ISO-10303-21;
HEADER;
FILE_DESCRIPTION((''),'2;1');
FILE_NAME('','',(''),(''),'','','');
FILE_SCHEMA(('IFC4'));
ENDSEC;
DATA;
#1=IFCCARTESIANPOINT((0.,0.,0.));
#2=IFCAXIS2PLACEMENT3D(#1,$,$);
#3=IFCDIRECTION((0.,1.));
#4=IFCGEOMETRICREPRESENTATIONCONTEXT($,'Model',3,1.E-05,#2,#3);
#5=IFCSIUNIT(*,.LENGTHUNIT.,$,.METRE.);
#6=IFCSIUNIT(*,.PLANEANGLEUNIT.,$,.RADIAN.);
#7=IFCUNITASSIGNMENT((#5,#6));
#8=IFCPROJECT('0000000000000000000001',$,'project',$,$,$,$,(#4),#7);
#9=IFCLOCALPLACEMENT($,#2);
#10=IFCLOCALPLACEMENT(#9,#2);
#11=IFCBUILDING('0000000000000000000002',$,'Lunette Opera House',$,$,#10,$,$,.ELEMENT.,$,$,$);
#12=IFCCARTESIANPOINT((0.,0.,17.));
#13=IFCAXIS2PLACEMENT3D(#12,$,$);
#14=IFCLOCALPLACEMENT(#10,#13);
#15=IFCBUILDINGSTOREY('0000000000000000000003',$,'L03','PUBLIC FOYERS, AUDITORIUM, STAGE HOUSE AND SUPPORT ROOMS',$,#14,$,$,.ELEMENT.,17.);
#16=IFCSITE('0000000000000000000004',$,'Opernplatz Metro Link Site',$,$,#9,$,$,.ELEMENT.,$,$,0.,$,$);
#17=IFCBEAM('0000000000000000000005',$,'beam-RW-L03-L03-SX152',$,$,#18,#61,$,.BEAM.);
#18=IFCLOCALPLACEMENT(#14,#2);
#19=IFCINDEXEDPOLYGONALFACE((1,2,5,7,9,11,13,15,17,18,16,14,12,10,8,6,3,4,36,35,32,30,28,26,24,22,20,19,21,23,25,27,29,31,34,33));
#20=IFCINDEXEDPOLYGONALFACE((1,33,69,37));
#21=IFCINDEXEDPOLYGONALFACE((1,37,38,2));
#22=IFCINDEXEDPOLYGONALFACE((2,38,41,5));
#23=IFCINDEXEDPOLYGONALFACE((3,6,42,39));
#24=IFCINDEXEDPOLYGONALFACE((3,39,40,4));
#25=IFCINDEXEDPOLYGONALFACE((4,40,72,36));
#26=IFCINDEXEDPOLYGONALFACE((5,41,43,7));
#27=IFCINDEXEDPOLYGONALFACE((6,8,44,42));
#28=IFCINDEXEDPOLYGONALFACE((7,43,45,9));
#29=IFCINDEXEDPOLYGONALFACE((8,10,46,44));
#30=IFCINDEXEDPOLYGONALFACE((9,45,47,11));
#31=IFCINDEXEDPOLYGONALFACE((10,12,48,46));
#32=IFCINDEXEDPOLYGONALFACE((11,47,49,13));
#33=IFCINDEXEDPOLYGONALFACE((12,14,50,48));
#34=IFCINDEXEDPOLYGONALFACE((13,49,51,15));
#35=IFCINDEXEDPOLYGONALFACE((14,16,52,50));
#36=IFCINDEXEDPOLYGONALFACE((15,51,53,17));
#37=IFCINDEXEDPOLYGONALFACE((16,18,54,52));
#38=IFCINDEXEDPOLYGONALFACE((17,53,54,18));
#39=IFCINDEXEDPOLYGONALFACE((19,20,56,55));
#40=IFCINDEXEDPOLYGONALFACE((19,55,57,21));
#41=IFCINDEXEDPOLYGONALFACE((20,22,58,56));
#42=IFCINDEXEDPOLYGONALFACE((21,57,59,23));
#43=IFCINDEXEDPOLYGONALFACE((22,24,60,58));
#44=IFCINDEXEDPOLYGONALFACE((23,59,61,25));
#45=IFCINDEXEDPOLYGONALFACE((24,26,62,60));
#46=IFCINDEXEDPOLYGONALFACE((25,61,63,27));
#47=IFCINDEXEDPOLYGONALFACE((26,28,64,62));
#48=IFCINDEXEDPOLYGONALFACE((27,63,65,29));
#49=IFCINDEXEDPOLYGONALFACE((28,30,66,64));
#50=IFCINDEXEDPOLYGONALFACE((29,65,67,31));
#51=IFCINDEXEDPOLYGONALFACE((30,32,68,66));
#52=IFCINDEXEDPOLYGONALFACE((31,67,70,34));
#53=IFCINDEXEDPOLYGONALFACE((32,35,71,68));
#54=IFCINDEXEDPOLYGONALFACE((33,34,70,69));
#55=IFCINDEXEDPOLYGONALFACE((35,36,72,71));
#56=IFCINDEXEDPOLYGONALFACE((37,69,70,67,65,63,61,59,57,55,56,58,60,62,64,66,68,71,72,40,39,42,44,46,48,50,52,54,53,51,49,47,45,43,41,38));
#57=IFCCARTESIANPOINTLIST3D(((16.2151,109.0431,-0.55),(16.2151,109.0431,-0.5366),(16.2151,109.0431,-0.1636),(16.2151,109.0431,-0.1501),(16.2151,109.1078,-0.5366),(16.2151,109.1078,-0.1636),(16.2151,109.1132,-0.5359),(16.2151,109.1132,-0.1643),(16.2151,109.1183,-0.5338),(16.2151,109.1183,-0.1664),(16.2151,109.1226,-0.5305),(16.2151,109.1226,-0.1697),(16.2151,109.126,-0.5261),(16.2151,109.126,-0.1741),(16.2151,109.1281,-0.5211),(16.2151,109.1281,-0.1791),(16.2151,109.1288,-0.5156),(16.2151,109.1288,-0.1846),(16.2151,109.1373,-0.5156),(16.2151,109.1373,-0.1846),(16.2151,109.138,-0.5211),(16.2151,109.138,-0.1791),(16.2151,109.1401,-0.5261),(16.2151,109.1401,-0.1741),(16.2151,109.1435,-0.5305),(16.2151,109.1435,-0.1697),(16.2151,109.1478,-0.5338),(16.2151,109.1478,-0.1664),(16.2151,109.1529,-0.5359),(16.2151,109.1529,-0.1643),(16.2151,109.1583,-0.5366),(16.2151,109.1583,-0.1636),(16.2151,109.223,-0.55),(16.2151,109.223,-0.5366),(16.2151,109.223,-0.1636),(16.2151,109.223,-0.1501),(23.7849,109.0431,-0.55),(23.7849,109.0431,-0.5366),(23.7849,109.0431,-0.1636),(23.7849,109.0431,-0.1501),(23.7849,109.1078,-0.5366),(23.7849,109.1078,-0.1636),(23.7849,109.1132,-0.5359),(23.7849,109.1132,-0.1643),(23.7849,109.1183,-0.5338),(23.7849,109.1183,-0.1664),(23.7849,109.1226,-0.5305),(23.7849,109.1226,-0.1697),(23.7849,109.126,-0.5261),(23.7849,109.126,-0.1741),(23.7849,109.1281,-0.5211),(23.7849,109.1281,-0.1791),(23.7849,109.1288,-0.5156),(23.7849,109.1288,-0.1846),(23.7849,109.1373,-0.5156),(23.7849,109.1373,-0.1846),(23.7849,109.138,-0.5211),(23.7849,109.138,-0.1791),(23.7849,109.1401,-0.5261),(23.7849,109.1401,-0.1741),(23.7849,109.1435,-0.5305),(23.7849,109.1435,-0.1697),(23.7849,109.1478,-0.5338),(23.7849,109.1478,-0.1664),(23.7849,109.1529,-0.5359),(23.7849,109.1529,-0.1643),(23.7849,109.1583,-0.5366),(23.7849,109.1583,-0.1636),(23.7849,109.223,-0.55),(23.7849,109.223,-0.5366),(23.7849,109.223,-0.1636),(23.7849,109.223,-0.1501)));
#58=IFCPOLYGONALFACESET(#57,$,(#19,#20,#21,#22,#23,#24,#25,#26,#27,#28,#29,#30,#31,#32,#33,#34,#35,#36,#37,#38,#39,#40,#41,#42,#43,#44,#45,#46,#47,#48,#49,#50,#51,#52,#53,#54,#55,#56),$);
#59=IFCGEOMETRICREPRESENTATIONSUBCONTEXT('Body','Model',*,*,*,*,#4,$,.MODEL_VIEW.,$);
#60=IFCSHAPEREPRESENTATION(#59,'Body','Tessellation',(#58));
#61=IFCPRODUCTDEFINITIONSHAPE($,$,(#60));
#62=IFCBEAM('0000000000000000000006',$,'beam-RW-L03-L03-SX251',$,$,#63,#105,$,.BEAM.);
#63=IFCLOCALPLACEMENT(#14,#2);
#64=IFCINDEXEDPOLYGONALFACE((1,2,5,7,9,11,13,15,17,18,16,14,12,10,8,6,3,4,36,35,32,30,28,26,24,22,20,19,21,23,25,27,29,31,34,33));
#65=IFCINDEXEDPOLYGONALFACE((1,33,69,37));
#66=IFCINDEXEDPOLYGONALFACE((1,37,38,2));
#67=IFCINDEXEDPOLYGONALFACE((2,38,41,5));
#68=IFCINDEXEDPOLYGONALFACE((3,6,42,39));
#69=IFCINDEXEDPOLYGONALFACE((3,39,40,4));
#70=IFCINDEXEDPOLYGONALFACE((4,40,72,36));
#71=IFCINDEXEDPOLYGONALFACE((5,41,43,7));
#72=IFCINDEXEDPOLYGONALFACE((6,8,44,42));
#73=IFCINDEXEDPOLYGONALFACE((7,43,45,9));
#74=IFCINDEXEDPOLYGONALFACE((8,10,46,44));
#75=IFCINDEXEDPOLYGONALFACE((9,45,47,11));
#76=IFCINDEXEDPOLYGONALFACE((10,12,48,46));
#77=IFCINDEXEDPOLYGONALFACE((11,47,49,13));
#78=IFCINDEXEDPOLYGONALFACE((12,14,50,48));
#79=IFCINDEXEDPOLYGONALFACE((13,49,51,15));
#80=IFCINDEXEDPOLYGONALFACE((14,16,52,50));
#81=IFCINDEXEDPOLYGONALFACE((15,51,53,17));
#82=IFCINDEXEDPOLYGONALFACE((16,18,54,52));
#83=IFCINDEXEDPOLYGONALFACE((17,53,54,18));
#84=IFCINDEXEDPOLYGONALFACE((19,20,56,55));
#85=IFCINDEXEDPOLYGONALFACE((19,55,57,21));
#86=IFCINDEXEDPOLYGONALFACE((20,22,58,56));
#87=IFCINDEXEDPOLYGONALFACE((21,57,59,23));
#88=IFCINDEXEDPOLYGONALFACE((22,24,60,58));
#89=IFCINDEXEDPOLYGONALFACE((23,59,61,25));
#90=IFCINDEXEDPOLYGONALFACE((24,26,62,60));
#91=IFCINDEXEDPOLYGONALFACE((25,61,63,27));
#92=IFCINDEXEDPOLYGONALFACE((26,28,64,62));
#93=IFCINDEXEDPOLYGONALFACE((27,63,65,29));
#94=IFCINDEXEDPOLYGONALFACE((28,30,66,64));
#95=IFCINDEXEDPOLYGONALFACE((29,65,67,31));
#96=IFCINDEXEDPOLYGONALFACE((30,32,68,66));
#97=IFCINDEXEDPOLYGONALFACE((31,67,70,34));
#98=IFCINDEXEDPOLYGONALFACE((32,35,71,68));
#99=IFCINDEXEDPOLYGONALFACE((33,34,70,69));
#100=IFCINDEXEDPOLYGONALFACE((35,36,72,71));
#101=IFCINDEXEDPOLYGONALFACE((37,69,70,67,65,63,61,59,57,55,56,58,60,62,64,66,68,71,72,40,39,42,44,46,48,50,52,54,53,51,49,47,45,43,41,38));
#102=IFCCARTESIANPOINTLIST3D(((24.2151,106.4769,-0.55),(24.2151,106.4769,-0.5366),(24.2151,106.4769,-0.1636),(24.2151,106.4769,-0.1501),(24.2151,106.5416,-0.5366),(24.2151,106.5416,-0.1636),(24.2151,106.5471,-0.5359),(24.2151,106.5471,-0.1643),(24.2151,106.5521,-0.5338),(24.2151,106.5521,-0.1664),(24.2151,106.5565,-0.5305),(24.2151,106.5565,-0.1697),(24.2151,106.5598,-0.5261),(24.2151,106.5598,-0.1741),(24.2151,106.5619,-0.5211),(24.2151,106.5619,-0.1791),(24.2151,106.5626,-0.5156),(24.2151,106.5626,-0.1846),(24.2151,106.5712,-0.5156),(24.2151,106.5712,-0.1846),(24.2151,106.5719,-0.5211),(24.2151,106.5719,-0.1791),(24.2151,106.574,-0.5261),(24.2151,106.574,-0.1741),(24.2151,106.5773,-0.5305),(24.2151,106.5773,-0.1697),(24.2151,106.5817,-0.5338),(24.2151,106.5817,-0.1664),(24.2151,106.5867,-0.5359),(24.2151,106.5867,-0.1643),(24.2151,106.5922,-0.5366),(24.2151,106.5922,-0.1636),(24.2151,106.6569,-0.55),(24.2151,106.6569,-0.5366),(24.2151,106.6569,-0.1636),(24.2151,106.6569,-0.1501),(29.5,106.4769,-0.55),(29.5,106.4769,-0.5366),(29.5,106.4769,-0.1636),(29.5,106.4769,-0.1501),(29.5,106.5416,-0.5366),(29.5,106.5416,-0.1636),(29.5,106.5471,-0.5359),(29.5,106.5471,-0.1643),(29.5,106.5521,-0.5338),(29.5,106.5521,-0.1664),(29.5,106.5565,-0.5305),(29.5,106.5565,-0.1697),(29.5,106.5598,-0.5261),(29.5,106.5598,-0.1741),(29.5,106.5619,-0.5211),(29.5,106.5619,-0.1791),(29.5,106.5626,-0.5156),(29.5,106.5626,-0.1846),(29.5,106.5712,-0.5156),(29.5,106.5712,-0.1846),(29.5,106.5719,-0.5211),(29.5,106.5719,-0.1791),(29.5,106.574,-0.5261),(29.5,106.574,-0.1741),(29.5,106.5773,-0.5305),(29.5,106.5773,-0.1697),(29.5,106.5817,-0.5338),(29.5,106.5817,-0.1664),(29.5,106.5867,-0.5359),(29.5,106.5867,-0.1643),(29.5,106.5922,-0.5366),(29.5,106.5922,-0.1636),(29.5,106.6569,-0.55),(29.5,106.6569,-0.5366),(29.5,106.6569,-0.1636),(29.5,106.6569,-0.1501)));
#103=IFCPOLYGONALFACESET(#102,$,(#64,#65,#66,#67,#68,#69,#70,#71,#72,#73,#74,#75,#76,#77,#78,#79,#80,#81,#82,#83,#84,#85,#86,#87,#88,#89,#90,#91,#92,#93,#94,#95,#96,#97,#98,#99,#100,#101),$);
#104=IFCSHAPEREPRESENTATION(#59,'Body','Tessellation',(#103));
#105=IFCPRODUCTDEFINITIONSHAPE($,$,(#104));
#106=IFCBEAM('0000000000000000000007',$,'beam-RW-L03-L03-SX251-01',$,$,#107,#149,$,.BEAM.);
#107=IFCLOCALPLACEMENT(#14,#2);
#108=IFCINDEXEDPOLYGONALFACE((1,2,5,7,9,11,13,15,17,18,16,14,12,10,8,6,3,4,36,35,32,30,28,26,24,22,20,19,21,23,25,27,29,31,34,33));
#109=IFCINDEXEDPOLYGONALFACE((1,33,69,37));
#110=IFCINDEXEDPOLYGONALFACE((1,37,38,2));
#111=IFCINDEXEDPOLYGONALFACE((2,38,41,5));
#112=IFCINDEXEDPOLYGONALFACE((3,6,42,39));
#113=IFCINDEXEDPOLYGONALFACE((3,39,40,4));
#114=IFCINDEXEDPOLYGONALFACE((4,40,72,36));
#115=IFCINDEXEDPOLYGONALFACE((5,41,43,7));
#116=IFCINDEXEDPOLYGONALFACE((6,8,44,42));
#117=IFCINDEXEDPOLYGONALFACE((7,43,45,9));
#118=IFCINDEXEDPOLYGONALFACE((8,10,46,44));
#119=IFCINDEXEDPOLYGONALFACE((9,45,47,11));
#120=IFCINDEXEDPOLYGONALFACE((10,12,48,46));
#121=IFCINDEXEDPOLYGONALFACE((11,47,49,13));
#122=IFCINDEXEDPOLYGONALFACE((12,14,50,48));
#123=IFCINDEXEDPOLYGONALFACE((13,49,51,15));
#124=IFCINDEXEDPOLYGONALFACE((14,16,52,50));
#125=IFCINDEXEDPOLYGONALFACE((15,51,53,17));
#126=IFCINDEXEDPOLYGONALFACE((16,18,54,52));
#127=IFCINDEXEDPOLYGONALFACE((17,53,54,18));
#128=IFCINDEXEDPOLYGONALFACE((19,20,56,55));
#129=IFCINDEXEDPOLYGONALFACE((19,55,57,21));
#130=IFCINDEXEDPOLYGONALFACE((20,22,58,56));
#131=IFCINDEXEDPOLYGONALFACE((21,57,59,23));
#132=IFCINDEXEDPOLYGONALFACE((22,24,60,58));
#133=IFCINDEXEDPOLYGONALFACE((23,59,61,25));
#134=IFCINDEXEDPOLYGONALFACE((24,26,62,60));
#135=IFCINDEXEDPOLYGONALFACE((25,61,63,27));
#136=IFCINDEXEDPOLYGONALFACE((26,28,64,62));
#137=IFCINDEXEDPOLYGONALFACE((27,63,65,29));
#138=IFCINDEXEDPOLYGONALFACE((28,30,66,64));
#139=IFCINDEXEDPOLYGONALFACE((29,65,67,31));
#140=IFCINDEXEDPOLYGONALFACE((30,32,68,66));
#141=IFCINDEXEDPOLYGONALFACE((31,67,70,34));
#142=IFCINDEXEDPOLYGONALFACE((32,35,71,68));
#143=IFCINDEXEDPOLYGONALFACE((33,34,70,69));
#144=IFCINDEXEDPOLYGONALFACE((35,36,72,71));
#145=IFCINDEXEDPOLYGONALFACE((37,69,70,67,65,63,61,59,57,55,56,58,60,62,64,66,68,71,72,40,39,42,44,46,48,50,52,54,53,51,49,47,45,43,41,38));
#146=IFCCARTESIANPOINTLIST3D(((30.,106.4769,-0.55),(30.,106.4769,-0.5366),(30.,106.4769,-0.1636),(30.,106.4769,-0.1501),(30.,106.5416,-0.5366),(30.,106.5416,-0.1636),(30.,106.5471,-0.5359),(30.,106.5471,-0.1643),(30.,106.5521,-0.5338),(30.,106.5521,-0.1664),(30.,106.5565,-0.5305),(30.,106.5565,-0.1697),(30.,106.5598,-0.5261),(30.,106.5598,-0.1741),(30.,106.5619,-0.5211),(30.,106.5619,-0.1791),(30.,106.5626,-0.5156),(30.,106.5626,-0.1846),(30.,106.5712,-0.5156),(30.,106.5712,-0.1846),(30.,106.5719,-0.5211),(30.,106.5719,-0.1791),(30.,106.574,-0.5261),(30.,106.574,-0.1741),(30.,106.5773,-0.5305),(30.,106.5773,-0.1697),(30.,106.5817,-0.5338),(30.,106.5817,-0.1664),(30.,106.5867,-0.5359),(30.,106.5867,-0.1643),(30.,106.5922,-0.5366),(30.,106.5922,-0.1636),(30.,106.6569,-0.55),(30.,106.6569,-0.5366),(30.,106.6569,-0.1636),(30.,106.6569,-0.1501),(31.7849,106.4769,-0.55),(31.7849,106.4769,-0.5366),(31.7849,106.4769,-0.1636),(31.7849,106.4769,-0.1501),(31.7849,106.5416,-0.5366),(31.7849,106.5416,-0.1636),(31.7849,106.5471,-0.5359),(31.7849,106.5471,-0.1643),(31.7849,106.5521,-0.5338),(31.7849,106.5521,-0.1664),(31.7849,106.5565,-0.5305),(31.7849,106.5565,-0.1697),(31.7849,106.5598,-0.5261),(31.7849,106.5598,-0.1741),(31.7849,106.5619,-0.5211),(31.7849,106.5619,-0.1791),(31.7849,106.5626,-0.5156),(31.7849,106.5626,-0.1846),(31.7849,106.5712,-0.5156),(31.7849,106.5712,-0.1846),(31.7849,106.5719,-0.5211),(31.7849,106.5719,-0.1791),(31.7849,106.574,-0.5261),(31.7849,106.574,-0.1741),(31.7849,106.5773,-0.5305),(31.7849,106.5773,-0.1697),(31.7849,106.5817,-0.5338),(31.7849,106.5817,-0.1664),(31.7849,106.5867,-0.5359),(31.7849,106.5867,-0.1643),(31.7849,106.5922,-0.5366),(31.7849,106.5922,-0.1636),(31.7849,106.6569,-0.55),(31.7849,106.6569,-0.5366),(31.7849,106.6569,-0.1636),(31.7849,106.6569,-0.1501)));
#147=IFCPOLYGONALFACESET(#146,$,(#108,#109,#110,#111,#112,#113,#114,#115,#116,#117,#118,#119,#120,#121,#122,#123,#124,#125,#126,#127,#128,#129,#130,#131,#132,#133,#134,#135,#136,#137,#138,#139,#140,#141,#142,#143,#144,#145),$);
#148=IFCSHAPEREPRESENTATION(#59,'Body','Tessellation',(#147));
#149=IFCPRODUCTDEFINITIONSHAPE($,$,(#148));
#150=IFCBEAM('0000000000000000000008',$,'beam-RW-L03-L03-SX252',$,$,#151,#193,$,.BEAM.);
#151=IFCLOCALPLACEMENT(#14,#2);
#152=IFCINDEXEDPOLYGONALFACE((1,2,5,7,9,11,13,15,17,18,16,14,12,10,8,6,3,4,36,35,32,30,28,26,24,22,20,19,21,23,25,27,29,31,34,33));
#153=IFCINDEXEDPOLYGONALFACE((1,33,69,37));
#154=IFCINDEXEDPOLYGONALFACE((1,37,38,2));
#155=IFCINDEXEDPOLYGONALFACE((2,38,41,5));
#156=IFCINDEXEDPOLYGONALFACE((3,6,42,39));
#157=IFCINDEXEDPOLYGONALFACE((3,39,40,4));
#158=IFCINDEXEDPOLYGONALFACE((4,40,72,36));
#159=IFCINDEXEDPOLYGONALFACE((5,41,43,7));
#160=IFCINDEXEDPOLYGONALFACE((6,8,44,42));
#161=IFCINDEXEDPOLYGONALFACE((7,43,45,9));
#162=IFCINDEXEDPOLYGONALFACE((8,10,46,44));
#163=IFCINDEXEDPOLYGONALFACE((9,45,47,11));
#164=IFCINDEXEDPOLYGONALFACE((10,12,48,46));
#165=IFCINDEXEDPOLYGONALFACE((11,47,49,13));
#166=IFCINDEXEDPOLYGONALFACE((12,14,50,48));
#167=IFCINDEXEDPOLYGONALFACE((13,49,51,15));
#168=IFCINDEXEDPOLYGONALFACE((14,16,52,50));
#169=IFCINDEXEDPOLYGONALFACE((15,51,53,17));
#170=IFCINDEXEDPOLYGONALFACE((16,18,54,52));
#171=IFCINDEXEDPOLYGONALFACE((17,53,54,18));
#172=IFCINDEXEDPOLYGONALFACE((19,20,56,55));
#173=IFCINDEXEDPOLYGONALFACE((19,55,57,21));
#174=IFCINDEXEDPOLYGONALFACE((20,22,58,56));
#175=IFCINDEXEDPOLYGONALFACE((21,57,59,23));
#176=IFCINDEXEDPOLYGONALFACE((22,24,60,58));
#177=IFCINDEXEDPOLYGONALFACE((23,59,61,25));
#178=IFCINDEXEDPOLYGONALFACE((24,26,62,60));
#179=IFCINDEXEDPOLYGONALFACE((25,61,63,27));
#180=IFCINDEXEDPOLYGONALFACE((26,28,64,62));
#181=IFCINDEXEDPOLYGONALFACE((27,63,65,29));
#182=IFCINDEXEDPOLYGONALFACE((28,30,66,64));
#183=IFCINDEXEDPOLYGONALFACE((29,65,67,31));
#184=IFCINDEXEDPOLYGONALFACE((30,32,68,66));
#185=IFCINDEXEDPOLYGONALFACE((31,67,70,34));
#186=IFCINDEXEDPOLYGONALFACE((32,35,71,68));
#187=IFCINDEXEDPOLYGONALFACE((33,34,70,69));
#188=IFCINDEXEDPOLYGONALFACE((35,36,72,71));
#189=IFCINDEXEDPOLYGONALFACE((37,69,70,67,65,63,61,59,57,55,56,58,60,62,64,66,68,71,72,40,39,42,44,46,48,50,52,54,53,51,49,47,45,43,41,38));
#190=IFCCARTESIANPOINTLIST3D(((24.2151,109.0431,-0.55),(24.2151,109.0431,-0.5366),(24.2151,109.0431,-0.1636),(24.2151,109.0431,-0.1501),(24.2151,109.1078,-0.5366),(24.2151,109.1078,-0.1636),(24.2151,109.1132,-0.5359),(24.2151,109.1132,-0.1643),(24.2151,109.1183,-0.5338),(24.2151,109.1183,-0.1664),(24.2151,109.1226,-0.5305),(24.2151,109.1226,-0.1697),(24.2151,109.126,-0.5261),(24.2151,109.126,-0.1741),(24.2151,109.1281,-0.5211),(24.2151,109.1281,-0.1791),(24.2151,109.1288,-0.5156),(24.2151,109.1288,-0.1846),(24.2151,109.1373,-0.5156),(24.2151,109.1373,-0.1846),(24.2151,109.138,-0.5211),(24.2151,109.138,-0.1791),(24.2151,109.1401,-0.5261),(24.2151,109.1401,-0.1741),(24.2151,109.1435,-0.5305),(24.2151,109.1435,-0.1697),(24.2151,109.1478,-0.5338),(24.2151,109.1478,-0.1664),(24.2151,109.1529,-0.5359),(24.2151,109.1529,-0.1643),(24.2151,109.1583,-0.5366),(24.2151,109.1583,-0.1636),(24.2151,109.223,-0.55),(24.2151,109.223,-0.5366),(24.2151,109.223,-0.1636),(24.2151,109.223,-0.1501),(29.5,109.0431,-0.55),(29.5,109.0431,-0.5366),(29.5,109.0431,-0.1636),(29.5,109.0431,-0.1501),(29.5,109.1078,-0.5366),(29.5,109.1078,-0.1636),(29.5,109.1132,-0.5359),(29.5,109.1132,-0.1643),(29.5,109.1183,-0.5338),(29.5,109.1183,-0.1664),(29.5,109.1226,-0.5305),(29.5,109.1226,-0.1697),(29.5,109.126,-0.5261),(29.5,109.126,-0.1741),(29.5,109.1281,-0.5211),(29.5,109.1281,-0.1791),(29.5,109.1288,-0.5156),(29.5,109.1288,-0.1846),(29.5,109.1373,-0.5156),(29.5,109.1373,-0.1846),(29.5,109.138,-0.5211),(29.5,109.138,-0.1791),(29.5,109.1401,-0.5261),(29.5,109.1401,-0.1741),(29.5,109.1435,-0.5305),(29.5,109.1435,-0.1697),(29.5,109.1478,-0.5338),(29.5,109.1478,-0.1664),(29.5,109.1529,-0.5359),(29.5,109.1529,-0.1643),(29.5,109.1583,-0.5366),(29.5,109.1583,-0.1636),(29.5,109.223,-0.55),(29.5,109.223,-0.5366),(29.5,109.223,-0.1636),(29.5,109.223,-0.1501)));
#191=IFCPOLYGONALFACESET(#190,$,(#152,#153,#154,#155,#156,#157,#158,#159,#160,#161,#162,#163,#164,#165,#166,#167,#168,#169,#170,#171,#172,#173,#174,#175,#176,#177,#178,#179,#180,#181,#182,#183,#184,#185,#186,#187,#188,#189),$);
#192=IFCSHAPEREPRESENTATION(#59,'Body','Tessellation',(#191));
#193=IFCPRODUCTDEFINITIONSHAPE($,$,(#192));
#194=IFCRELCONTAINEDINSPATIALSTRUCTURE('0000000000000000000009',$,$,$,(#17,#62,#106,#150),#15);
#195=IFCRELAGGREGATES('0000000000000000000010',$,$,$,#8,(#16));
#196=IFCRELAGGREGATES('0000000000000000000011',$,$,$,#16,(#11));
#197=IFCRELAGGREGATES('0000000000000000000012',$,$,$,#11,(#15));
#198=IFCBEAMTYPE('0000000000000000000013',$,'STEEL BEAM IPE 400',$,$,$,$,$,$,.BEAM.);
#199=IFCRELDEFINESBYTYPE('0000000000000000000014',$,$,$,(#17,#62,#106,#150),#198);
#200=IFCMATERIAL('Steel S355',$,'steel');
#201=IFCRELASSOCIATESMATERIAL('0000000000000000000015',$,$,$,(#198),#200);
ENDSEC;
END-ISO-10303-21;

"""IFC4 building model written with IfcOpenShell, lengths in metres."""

from ifc_helpers import new_model, si_unit, direction, frame, origin, origin_2d, place, context, subcontext, project, spatial, i_section, extrude, material, material_profile, profile_set, type_object, element, save


model = new_model("IFC4")

# Units and contexts
model_context = context("Model", 3, precision=1e-05, world=origin(), true_north=direction((0.0, 1.0)))
body_context = subcontext(model_context, "Body", "Model", "MODEL_VIEW")
ifc_project = project(units=[si_unit("LENGTHUNIT", "METRE"), si_unit("PLANEANGLEUNIT", "RADIAN")], contexts=[model_context])

# Site, building, storey
site_placement = place(None, origin())
site = spatial("IfcSite", under=ifc_project, at=site_placement, Name="Opernplatz Metro Link Site", CompositionType="ELEMENT", RefElevation=0.0)
building_placement = place(site_placement, origin())
building = spatial("IfcBuilding", under=site, at=building_placement, Name="Lunette Opera House", CompositionType="ELEMENT")
storey_placement = place(building_placement, frame((0.0, 0.0, 17.0)))
storey = spatial("IfcBuildingStorey", under=building, at=storey_placement, Name="L03", Description="PUBLIC FOYERS, AUDITORIUM, STAGE HOUSE AND SUPPORT ROOMS", CompositionType="ELEMENT", Elevation=17.0)

# Beams
ifc_material_1 = material(Name="Steel S355", Category="steel")
ifc_material_profile_1 = material_profile(ifc_material_1, i_section(OverallWidth=0.1799, OverallDepth=0.3999, WebThickness=0.0085, FlangeThickness=0.0134, FilletRadius=0.021, at=origin_2d()), Name="IPE 400")
ifc_profile_set_1 = profile_set([ifc_material_profile_1], Name="Steel S355")
beam_type_1 = type_object("IfcBeamType", Name="STEEL BEAM IPE 400", PredefinedType="BEAM", material=ifc_profile_set_1)
beam_1_placement = place(storey_placement, frame((16.2151, 109.1331, -0.3501), z_axis=(1.0, 0.0, 0.0), x_axis=(0.0, 1.0, 0.0)))
element("IfcBeam", 1, at=beam_1_placement, inside=storey, type_object=beam_type_1, Name="beam-RW-L03-L03-SX152", PredefinedType="BEAM", context=body_context, shape_type="SweptSolid", body=[
    extrude(i_section(OverallWidth=0.1799, OverallDepth=0.3999, WebThickness=0.0085, FlangeThickness=0.0134, FilletRadius=0.021, at=origin_2d()), origin(), (0.0, 0.0, 1.0), 7.5698),
])
beam_2_placement = place(storey_placement, frame((24.2151, 106.5669, -0.3501), z_axis=(1.0, 0.0, 0.0), x_axis=(0.0, 1.0, 0.0)))
element("IfcBeam", 2, at=beam_2_placement, inside=storey, type_object=beam_type_1, Name="beam-RW-L03-L03-SX251", PredefinedType="BEAM", context=body_context, shape_type="SweptSolid", body=[
    extrude(i_section(OverallWidth=0.1799, OverallDepth=0.3999, WebThickness=0.0085, FlangeThickness=0.0134, FilletRadius=0.021, at=origin_2d()), origin(), (0.0, 0.0, 1.0), 5.2849),
])
beam_3_placement = place(storey_placement, frame((30.0, 106.5669, -0.3501), z_axis=(1.0, 0.0, 0.0), x_axis=(0.0, 1.0, 0.0)))
element("IfcBeam", 3, at=beam_3_placement, inside=storey, type_object=beam_type_1, Name="beam-RW-L03-L03-SX251-01", PredefinedType="BEAM", context=body_context, shape_type="SweptSolid", body=[
    extrude(i_section(OverallWidth=0.1799, OverallDepth=0.3999, WebThickness=0.0085, FlangeThickness=0.0134, FilletRadius=0.021, at=origin_2d()), origin(), (0.0, 0.0, 1.0), 1.7849),
])
beam_4_placement = place(storey_placement, frame((24.2151, 109.1331, -0.3501), z_axis=(1.0, 0.0, 0.0), x_axis=(0.0, 1.0, 0.0)))
element("IfcBeam", 4, at=beam_4_placement, inside=storey, type_object=beam_type_1, Name="beam-RW-L03-L03-SX252", PredefinedType="BEAM", context=body_context, shape_type="SweptSolid", body=[
    extrude(i_section(OverallWidth=0.1799, OverallDepth=0.3999, WebThickness=0.0085, FlangeThickness=0.0134, FilletRadius=0.021, at=origin_2d()), origin(), (0.0, 0.0, 1.0), 5.2849),
])

save(model, "model.ifc")
